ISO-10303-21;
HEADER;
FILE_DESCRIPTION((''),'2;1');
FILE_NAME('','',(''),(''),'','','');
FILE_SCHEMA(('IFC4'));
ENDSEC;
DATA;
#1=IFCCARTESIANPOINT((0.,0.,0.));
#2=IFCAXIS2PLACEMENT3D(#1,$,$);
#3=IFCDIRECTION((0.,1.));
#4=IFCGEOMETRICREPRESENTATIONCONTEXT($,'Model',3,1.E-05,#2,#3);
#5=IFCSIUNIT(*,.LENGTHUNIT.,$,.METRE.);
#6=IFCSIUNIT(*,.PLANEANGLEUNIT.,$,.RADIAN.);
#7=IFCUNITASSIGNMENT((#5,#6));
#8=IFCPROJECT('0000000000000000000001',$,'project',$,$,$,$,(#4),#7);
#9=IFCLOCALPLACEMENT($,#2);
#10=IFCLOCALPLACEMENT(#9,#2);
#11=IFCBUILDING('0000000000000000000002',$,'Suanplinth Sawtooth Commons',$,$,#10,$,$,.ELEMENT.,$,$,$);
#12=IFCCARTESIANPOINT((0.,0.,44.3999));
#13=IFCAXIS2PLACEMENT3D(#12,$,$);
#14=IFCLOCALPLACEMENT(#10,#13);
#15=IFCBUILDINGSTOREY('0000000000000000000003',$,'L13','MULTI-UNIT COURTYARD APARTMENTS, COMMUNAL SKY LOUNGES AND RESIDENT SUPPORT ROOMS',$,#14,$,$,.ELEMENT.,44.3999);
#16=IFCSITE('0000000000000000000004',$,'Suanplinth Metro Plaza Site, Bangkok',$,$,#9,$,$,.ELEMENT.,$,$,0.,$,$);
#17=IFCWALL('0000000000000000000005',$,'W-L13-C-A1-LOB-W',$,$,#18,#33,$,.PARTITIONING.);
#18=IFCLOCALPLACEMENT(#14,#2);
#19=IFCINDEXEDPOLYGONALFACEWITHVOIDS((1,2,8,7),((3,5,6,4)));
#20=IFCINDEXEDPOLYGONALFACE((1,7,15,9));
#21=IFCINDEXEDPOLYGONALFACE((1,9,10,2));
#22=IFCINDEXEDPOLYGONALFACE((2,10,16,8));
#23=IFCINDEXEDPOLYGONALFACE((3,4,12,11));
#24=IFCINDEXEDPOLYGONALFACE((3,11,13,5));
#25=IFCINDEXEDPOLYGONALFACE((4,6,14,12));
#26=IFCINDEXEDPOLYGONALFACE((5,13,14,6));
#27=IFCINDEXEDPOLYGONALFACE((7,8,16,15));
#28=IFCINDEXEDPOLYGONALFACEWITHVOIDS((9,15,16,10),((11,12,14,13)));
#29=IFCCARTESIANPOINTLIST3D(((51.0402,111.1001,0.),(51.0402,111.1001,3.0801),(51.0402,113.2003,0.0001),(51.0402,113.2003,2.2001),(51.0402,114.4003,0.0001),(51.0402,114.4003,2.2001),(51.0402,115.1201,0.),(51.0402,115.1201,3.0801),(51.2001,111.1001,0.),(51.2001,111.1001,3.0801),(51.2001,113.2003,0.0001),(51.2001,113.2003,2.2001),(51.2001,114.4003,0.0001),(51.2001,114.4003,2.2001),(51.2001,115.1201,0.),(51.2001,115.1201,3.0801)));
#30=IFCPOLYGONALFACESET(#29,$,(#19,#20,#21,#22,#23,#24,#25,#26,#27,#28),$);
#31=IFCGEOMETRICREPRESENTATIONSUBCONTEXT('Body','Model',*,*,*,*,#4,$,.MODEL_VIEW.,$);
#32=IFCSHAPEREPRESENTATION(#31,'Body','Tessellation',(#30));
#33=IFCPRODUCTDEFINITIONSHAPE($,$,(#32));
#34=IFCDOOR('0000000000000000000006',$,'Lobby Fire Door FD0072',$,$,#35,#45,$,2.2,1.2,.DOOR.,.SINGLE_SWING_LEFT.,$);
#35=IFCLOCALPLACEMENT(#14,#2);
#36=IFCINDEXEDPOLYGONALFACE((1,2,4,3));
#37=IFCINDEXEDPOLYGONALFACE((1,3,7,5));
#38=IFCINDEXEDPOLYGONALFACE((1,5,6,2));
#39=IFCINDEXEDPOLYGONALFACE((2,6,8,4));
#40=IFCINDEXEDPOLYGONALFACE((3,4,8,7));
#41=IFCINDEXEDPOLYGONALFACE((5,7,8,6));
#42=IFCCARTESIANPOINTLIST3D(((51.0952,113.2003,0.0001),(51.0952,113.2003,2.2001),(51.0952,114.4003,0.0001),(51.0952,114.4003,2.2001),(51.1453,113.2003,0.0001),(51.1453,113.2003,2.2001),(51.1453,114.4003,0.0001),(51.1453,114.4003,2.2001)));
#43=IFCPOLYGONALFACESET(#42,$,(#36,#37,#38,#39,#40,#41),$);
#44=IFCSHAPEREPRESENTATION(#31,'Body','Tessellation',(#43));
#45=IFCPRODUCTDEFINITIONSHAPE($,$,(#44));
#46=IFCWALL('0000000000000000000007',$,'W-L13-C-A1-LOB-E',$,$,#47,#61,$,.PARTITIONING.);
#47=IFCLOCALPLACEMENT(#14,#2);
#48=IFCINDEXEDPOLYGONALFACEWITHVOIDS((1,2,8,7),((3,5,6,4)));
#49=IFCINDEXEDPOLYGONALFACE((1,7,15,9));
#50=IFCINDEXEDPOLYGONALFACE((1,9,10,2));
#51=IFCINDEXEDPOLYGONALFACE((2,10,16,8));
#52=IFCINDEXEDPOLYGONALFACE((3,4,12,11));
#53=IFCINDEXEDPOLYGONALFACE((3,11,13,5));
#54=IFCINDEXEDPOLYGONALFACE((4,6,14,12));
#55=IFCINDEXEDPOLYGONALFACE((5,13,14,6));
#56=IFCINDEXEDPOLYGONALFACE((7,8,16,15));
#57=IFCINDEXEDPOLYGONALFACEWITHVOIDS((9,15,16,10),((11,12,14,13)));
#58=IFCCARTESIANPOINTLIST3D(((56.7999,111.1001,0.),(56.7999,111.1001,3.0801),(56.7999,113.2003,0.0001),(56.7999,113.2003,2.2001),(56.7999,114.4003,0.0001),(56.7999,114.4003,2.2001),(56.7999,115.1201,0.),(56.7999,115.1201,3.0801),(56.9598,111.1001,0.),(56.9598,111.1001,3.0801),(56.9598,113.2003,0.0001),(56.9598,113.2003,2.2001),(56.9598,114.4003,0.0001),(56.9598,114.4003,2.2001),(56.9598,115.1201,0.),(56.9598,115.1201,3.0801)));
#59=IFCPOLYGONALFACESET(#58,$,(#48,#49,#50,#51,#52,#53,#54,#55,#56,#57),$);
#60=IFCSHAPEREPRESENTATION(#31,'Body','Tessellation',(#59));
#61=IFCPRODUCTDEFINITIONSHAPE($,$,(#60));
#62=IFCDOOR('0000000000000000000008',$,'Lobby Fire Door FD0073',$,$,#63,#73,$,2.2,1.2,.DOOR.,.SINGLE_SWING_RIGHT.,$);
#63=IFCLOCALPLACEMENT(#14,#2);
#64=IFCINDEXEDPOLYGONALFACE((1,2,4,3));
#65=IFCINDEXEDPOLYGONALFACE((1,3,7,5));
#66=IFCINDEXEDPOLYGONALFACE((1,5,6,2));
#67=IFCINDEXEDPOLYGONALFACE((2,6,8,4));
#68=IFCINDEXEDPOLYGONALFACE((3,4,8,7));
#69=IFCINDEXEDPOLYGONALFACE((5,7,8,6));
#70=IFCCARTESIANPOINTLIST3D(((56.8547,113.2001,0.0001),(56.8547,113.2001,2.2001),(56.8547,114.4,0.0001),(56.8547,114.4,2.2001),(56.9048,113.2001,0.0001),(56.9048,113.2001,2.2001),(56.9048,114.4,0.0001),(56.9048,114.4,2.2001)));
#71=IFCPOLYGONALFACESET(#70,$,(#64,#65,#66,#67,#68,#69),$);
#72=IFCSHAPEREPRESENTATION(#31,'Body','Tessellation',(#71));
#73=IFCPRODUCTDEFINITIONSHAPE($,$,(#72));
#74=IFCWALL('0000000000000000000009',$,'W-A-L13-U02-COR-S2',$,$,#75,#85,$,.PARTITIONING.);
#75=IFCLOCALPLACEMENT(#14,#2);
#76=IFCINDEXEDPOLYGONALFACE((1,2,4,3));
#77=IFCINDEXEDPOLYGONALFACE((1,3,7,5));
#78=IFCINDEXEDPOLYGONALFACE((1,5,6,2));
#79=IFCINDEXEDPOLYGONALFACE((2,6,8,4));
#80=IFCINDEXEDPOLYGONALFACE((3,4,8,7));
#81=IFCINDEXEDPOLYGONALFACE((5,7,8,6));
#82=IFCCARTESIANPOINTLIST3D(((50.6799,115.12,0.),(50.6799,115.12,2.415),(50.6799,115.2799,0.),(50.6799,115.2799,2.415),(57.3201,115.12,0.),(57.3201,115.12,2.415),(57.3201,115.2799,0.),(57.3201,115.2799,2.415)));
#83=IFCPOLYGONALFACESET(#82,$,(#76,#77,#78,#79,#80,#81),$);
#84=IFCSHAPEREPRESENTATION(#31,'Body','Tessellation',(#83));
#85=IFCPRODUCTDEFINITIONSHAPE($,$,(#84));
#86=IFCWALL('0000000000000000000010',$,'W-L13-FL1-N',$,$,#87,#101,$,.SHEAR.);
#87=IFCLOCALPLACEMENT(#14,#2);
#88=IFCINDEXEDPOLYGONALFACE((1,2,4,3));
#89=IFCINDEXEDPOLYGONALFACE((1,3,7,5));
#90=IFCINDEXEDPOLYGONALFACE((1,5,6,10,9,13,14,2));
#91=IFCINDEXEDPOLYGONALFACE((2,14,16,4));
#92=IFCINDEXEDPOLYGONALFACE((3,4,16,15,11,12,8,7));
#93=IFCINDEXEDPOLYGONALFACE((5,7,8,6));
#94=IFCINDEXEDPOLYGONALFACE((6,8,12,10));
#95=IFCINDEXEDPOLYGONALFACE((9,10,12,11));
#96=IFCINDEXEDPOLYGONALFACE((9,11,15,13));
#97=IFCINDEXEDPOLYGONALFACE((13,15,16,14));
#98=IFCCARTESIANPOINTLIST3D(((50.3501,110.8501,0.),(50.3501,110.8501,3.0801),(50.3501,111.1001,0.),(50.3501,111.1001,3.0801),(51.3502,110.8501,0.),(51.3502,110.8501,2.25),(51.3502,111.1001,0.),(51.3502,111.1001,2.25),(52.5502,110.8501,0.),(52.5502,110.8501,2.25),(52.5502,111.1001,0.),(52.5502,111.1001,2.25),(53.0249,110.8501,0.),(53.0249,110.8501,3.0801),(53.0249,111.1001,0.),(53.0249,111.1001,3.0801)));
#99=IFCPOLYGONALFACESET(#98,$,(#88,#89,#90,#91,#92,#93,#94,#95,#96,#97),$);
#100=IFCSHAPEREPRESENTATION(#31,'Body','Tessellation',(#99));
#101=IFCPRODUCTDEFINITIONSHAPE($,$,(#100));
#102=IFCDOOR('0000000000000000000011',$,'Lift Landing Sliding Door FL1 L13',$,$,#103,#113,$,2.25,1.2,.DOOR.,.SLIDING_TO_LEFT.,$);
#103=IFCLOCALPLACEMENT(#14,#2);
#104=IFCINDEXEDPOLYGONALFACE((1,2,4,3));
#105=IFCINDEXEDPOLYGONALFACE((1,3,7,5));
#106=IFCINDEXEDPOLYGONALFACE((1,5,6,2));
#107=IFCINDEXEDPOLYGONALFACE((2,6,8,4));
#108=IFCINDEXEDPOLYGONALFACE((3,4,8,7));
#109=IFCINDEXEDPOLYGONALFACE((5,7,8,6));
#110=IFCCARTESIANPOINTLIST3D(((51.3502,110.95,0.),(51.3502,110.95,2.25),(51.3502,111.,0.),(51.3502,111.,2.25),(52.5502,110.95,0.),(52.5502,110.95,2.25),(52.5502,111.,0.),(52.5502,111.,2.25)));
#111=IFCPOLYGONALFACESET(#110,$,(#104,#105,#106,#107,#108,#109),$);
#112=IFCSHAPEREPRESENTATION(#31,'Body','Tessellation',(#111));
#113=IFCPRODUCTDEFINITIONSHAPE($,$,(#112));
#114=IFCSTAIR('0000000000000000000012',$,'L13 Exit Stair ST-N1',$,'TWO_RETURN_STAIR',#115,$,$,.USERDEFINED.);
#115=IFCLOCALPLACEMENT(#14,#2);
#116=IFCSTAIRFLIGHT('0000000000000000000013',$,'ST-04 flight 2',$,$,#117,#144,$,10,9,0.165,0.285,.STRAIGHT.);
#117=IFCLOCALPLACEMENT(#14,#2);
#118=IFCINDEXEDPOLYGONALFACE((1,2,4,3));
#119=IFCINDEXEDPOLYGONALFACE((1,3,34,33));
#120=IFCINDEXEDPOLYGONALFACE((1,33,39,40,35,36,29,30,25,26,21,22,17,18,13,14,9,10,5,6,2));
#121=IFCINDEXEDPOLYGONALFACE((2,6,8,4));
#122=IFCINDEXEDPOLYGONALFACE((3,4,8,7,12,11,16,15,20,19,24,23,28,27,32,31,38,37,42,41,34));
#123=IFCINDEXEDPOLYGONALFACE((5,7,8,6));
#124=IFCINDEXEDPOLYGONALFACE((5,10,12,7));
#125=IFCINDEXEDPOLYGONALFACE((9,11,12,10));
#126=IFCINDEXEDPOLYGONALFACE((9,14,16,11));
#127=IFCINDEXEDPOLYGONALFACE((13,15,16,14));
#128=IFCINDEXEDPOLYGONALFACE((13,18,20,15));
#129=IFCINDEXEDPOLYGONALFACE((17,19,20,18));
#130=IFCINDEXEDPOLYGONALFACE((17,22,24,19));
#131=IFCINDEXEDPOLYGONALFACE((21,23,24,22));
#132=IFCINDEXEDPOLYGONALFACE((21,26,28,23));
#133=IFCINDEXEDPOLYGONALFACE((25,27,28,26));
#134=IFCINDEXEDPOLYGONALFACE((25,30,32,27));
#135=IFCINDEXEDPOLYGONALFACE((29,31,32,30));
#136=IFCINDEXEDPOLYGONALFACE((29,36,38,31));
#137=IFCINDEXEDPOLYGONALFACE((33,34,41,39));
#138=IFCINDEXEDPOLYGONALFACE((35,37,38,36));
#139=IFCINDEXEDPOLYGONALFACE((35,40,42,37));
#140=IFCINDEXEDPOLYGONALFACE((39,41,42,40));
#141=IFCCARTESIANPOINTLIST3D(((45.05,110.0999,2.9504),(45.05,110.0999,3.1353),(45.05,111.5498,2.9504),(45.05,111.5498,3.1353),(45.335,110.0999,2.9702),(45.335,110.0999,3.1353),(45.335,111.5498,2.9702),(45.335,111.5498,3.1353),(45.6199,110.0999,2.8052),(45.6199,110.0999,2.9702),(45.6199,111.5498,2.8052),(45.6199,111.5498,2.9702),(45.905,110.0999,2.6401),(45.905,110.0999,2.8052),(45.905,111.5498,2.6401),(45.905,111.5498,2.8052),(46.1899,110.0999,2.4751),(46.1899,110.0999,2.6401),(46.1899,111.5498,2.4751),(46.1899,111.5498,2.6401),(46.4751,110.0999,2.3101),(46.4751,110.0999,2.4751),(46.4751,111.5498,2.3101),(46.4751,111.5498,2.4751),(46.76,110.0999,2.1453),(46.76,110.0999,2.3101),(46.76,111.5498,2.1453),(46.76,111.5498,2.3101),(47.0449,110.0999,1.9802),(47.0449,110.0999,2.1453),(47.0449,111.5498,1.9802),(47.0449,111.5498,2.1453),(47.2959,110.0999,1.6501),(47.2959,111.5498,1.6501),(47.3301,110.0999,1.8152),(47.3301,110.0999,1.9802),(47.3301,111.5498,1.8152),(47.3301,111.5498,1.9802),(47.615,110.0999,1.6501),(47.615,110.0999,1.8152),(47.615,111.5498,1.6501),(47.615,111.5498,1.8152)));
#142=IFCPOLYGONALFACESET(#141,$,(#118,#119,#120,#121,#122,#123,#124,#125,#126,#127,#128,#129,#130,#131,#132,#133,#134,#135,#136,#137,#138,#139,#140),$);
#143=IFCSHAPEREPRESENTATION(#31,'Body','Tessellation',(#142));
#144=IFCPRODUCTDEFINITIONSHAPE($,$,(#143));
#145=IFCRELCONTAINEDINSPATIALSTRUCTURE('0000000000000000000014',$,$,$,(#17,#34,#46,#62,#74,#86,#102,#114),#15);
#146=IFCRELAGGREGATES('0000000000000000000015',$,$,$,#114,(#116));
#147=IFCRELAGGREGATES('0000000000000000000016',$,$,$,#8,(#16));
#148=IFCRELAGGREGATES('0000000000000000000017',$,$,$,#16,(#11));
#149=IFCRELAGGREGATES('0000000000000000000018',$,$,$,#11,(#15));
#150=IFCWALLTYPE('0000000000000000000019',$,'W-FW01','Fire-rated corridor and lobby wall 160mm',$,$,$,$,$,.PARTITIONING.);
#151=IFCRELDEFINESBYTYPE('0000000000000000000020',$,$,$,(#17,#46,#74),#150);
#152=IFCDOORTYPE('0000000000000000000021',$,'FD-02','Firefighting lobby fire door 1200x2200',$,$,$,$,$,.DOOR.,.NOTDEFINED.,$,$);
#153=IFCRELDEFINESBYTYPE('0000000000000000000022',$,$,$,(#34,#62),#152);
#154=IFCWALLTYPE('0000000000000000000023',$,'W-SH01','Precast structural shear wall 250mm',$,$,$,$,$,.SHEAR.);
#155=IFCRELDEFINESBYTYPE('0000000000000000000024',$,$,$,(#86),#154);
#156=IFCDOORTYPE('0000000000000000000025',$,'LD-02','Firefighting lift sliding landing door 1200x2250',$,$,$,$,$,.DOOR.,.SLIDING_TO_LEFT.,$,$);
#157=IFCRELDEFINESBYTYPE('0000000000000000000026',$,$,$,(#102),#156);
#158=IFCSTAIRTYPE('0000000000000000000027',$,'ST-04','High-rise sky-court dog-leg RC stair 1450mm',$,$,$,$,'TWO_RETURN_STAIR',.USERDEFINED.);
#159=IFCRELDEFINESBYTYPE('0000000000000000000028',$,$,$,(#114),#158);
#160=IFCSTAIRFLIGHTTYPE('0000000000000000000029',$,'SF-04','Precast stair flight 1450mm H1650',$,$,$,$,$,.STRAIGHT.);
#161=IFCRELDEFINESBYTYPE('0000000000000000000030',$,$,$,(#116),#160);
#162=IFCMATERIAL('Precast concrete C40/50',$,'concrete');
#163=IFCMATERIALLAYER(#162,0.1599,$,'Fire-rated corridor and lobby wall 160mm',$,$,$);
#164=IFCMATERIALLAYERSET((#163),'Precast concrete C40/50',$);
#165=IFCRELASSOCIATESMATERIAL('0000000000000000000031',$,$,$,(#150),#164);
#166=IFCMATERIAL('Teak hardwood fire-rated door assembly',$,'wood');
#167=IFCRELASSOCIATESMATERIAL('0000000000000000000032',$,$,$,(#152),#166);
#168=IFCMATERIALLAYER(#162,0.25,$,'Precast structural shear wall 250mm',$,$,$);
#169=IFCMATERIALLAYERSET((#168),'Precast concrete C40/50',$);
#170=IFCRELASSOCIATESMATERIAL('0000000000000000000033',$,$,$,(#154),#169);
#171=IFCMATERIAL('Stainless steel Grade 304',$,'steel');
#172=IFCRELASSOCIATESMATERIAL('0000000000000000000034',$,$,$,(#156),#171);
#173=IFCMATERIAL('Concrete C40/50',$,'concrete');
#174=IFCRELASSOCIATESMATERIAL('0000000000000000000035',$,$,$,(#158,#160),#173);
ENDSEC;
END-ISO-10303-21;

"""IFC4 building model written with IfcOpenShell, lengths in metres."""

from ifc_helpers import new_model, si_unit, direction, frame, frame_2d, origin, place, context, subcontext, project, spatial, polyline, rectangle, outline, extrude, material, layer, layer_set, type_object, element, fill, aggregate, save


model = new_model("IFC4")

# Units and contexts
model_context = context("Model", 3, precision=1e-05, world=origin(), true_north=direction((0.0, 1.0)))
body_context = subcontext(model_context, "Body", "Model", "MODEL_VIEW")
ifc_project = project(units=[si_unit("LENGTHUNIT", "METRE"), si_unit("PLANEANGLEUNIT", "RADIAN")], contexts=[model_context])

# Site, building, storey
site_placement = place(None, origin())
site = spatial("IfcSite", under=ifc_project, at=site_placement, Name="Suanplinth Metro Plaza Site, Bangkok", CompositionType="ELEMENT", RefElevation=0.0)
building_placement = place(site_placement, origin())
building = spatial("IfcBuilding", under=site, at=building_placement, Name="Suanplinth Sawtooth Commons", CompositionType="ELEMENT")
storey_placement = place(building_placement, frame((0.0, 0.0, 44.3999)))
storey = spatial("IfcBuildingStorey", under=building, at=storey_placement, Name="L13", Description="MULTI-UNIT COURTYARD APARTMENTS, COMMUNAL SKY LOUNGES AND RESIDENT SUPPORT ROOMS", CompositionType="ELEMENT", Elevation=44.3999)

# Shared definitions
ifc_material_1 = material(Name="Precast concrete C40/50", Category="concrete")

# Walls, openings, doors
ifc_layer_1 = layer(ifc_material_1, 0.1599, Name="Fire-rated corridor and lobby wall 160mm")
ifc_layer_set_1 = layer_set([ifc_layer_1], Name="Precast concrete C40/50")
wall_type_1 = type_object("IfcWallType", Name="W-FW01", Description="Fire-rated corridor and lobby wall 160mm", PredefinedType="PARTITIONING", material=ifc_layer_set_1)
wall_1_placement = place(storey_placement, frame((51.1201, 111.1001, 0.0), z_axis=(0.0, 0.0, 1.0), x_axis=(0.0, 1.0, 0.0)))
wall_1 = element("IfcWall", 1, at=wall_1_placement, inside=storey, type_object=wall_type_1, Name="W-L13-C-A1-LOB-W", PredefinedType="PARTITIONING", context=body_context, shape_type="SweptSolid", body=[
    extrude(rectangle(XDim=4.02, YDim=0.1599, at=frame_2d((2.01, 0.0))), origin(), (0.0, 0.0, 1.0), 3.0801),
])
opening_1_placement = place(wall_1_placement, frame((2.1001, 0.0, 0.0)))
opening_1 = element("IfcOpeningElement", 2, at=opening_1_placement, cuts=wall_1, PredefinedType="OPENING", context=body_context, shape_type="SweptSolid", body=[
    extrude(rectangle(XDim=1.2, YDim=2.2, at=frame_2d((0.6001, 1.1001))), frame((0.0, 0.0947, 0.0), z_axis=(0.0, -1.0, 0.0), x_axis=(1.0, 0.0, 0.0)), (0.0, 0.0, 1.0), 0.1897),
])
ifc_material_2 = material(Name="Teak hardwood fire-rated door assembly", Category="wood")
door_type_1 = type_object("IfcDoorType", Name="FD-02", Description="Firefighting lobby fire door 1200x2200", OperationType="NOTDEFINED", PredefinedType="DOOR", material=ifc_material_2)
door_1_placement = place(opening_1_placement, origin())
door_1 = element("IfcDoor", 3, at=door_1_placement, inside=storey, type_object=door_type_1, Name="Lobby Fire Door FD0072", OperationType="SINGLE_SWING_LEFT", OverallHeight=2.2, OverallWidth=1.2, PredefinedType="DOOR", context=body_context, shape_type="SweptSolid", body=[
    extrude(rectangle(XDim=1.2, YDim=2.2, at=frame_2d((0.6001, 1.1001))), frame((0.0, 0.0249, 0.0), z_axis=(0.0, -1.0, 0.0), x_axis=(1.0, 0.0, 0.0)), (0.0, 0.0, 1.0), 0.05),
])
fill(opening_1, door_1)
wall_2_placement = place(storey_placement, frame((56.8799, 111.1001, 0.0), z_axis=(0.0, 0.0, 1.0), x_axis=(0.0, 1.0, 0.0)))
wall_2 = element("IfcWall", 4, at=wall_2_placement, inside=storey, type_object=wall_type_1, Name="W-L13-C-A1-LOB-E", PredefinedType="PARTITIONING", context=body_context, shape_type="SweptSolid", body=[
    extrude(rectangle(XDim=4.02, YDim=0.1599, at=frame_2d((2.01, 0.0))), origin(), (0.0, 0.0, 1.0), 3.0801),
])
opening_2_placement = place(wall_2_placement, frame((2.1001, 0.0, 0.0)))
opening_2 = element("IfcOpeningElement", 5, at=opening_2_placement, cuts=wall_2, PredefinedType="OPENING", context=body_context, shape_type="SweptSolid", body=[
    extrude(rectangle(XDim=1.2, YDim=2.2, at=frame_2d((0.6001, 1.1001))), frame((0.0, 0.0947, 0.0), z_axis=(0.0, -1.0, 0.0), x_axis=(1.0, 0.0, 0.0)), (0.0, 0.0, 1.0), 0.1897),
])
door_2_placement = place(opening_2_placement, frame((1.2, 0.0, 0.0), z_axis=(0.0, 0.0, 1.0), x_axis=(-1.0, 0.0, 0.0)))
door_2 = element("IfcDoor", 6, at=door_2_placement, inside=storey, type_object=door_type_1, Name="Lobby Fire Door FD0073", OperationType="SINGLE_SWING_RIGHT", OverallHeight=2.2, OverallWidth=1.2, PredefinedType="DOOR", context=body_context, shape_type="SweptSolid", body=[
    extrude(rectangle(XDim=1.2, YDim=2.2, at=frame_2d((0.6001, 1.1001))), frame((0.0, 0.0249, 0.0), z_axis=(0.0, -1.0, 0.0), x_axis=(1.0, 0.0, 0.0)), (0.0, 0.0, 1.0), 0.05),
])
fill(opening_2, door_2)

# Wall
wall_3_placement = place(storey_placement, frame((50.6799, 115.2, 0.0), z_axis=(0.0, 0.0, 1.0), x_axis=(1.0, 0.0, 0.0)))
element("IfcWall", 7, at=wall_3_placement, inside=storey, type_object=wall_type_1, Name="W-A-L13-U02-COR-S2", PredefinedType="PARTITIONING", context=body_context, shape_type="SweptSolid", body=[
    extrude(rectangle(XDim=6.6401, YDim=0.1599, at=frame_2d((3.3201, 0.0))), origin(), (0.0, 0.0, 1.0), 2.415),
])

# Wall, opening, door
ifc_layer_2 = layer(ifc_material_1, 0.25, Name="Precast structural shear wall 250mm")
ifc_layer_set_2 = layer_set([ifc_layer_2], Name="Precast concrete C40/50")
wall_type_2 = type_object("IfcWallType", Name="W-SH01", Description="Precast structural shear wall 250mm", PredefinedType="SHEAR", material=ifc_layer_set_2)
wall_4_placement = place(storey_placement, frame((50.3501, 110.9751, 0.0), z_axis=(0.0, 0.0, 1.0), x_axis=(1.0, 0.0, 0.0)))
wall_4 = element("IfcWall", 8, at=wall_4_placement, inside=storey, type_object=wall_type_2, Name="W-L13-FL1-N", PredefinedType="SHEAR", context=body_context, shape_type="SweptSolid", body=[
    extrude(rectangle(XDim=2.6748, YDim=0.25, at=frame_2d((1.3374, 0.0))), origin(), (0.0, 0.0, 1.0), 3.0801),
])
opening_3_placement = place(wall_4_placement, frame((1.0, 0.0, 0.0)))
opening_3 = element("IfcOpeningElement", 9, at=opening_3_placement, cuts=wall_4, PredefinedType="OPENING", context=body_context, shape_type="SweptSolid", body=[
    extrude(rectangle(XDim=1.2, YDim=2.25, at=frame_2d((0.6001, 1.125))), frame((0.0, 0.1399, 0.0), z_axis=(0.0, -1.0, 0.0), x_axis=(1.0, 0.0, 0.0)), (0.0, 0.0, 1.0), 0.2798),
])
ifc_material_3 = material(Name="Stainless steel Grade 304", Category="steel")
door_type_2 = type_object("IfcDoorType", Name="LD-02", Description="Firefighting lift sliding landing door 1200x2250", OperationType="SLIDING_TO_LEFT", PredefinedType="DOOR", material=ifc_material_3)
door_3_placement = place(opening_3_placement, origin())
door_3 = element("IfcDoor", 10, at=door_3_placement, inside=storey, type_object=door_type_2, Name="Lift Landing Sliding Door FL1 L13", OperationType="SLIDING_TO_LEFT", OverallHeight=2.25, OverallWidth=1.2, PredefinedType="DOOR", context=body_context, shape_type="SweptSolid", body=[
    extrude(rectangle(XDim=1.2, YDim=2.25, at=frame_2d((0.6001, 1.125))), frame((0.0, 0.0249, 0.0), z_axis=(0.0, -1.0, 0.0), x_axis=(1.0, 0.0, 0.0)), (0.0, 0.0, 1.0), 0.05),
])
fill(opening_3, door_3)

# Stair, stair flight
ifc_material_4 = material(Name="Concrete C40/50", Category="concrete")
stair_type = type_object("IfcStairType", Name="ST-04", Description="High-rise sky-court dog-leg RC stair 1450mm", ElementType="TWO_RETURN_STAIR", PredefinedType="USERDEFINED", material=ifc_material_4)
stair_placement = place(storey_placement, origin())
stair = element("IfcStair", 11, at=stair_placement, inside=storey, type_object=stair_type, Name="L13 Exit Stair ST-N1", ObjectType="TWO_RETURN_STAIR", PredefinedType="USERDEFINED")
stair_flight_type = type_object("IfcStairFlightType", Name="SF-04", Description="Precast stair flight 1450mm H1650", PredefinedType="STRAIGHT", material=ifc_material_4)
stair_flight_placement = place(storey_placement, frame((47.615, 110.825, 1.6501), z_axis=(0.0, 0.0, 1.0), x_axis=(-1.0, 0.0, 0.0)))
stair_flight = element("IfcStairFlight", 12, at=stair_flight_placement, type_object=stair_flight_type, Name="ST-04 flight 2", NumberOfRisers=10, NumberOfTreads=9, PredefinedType="STRAIGHT", RiserHeight=0.165, TreadLength=0.285, context=body_context, shape_type="SweptSolid", body=[
    extrude(outline(polyline([(0.0, 0.0), (0.0, 0.165), (0.2849, 0.165), (0.2849, 0.3301), (0.5701, 0.3301), (0.5701, 0.4951), (0.855, 0.4951), (0.855, 0.6599), (1.1399, 0.6599), (1.1399, 0.825), (1.425, 0.825), (1.425, 0.99), (1.71, 0.99), (1.71, 1.155), (1.9951, 1.155), (1.9951, 1.3201), (2.28, 1.3201), (2.28, 1.4851), (2.5649, 1.4851), (2.5649, 1.6499), (2.5649, 1.3003), (0.3191, 0.0), (0.0, 0.0)])), frame((0.0, 0.7251, 0.0), z_axis=(0.0, -1.0, 0.0), x_axis=(1.0, 0.0, 0.0)), (0.0, 0.0, 1.0), 1.45),
])
aggregate(stair, [stair_flight])

save(model, "model.ifc")
